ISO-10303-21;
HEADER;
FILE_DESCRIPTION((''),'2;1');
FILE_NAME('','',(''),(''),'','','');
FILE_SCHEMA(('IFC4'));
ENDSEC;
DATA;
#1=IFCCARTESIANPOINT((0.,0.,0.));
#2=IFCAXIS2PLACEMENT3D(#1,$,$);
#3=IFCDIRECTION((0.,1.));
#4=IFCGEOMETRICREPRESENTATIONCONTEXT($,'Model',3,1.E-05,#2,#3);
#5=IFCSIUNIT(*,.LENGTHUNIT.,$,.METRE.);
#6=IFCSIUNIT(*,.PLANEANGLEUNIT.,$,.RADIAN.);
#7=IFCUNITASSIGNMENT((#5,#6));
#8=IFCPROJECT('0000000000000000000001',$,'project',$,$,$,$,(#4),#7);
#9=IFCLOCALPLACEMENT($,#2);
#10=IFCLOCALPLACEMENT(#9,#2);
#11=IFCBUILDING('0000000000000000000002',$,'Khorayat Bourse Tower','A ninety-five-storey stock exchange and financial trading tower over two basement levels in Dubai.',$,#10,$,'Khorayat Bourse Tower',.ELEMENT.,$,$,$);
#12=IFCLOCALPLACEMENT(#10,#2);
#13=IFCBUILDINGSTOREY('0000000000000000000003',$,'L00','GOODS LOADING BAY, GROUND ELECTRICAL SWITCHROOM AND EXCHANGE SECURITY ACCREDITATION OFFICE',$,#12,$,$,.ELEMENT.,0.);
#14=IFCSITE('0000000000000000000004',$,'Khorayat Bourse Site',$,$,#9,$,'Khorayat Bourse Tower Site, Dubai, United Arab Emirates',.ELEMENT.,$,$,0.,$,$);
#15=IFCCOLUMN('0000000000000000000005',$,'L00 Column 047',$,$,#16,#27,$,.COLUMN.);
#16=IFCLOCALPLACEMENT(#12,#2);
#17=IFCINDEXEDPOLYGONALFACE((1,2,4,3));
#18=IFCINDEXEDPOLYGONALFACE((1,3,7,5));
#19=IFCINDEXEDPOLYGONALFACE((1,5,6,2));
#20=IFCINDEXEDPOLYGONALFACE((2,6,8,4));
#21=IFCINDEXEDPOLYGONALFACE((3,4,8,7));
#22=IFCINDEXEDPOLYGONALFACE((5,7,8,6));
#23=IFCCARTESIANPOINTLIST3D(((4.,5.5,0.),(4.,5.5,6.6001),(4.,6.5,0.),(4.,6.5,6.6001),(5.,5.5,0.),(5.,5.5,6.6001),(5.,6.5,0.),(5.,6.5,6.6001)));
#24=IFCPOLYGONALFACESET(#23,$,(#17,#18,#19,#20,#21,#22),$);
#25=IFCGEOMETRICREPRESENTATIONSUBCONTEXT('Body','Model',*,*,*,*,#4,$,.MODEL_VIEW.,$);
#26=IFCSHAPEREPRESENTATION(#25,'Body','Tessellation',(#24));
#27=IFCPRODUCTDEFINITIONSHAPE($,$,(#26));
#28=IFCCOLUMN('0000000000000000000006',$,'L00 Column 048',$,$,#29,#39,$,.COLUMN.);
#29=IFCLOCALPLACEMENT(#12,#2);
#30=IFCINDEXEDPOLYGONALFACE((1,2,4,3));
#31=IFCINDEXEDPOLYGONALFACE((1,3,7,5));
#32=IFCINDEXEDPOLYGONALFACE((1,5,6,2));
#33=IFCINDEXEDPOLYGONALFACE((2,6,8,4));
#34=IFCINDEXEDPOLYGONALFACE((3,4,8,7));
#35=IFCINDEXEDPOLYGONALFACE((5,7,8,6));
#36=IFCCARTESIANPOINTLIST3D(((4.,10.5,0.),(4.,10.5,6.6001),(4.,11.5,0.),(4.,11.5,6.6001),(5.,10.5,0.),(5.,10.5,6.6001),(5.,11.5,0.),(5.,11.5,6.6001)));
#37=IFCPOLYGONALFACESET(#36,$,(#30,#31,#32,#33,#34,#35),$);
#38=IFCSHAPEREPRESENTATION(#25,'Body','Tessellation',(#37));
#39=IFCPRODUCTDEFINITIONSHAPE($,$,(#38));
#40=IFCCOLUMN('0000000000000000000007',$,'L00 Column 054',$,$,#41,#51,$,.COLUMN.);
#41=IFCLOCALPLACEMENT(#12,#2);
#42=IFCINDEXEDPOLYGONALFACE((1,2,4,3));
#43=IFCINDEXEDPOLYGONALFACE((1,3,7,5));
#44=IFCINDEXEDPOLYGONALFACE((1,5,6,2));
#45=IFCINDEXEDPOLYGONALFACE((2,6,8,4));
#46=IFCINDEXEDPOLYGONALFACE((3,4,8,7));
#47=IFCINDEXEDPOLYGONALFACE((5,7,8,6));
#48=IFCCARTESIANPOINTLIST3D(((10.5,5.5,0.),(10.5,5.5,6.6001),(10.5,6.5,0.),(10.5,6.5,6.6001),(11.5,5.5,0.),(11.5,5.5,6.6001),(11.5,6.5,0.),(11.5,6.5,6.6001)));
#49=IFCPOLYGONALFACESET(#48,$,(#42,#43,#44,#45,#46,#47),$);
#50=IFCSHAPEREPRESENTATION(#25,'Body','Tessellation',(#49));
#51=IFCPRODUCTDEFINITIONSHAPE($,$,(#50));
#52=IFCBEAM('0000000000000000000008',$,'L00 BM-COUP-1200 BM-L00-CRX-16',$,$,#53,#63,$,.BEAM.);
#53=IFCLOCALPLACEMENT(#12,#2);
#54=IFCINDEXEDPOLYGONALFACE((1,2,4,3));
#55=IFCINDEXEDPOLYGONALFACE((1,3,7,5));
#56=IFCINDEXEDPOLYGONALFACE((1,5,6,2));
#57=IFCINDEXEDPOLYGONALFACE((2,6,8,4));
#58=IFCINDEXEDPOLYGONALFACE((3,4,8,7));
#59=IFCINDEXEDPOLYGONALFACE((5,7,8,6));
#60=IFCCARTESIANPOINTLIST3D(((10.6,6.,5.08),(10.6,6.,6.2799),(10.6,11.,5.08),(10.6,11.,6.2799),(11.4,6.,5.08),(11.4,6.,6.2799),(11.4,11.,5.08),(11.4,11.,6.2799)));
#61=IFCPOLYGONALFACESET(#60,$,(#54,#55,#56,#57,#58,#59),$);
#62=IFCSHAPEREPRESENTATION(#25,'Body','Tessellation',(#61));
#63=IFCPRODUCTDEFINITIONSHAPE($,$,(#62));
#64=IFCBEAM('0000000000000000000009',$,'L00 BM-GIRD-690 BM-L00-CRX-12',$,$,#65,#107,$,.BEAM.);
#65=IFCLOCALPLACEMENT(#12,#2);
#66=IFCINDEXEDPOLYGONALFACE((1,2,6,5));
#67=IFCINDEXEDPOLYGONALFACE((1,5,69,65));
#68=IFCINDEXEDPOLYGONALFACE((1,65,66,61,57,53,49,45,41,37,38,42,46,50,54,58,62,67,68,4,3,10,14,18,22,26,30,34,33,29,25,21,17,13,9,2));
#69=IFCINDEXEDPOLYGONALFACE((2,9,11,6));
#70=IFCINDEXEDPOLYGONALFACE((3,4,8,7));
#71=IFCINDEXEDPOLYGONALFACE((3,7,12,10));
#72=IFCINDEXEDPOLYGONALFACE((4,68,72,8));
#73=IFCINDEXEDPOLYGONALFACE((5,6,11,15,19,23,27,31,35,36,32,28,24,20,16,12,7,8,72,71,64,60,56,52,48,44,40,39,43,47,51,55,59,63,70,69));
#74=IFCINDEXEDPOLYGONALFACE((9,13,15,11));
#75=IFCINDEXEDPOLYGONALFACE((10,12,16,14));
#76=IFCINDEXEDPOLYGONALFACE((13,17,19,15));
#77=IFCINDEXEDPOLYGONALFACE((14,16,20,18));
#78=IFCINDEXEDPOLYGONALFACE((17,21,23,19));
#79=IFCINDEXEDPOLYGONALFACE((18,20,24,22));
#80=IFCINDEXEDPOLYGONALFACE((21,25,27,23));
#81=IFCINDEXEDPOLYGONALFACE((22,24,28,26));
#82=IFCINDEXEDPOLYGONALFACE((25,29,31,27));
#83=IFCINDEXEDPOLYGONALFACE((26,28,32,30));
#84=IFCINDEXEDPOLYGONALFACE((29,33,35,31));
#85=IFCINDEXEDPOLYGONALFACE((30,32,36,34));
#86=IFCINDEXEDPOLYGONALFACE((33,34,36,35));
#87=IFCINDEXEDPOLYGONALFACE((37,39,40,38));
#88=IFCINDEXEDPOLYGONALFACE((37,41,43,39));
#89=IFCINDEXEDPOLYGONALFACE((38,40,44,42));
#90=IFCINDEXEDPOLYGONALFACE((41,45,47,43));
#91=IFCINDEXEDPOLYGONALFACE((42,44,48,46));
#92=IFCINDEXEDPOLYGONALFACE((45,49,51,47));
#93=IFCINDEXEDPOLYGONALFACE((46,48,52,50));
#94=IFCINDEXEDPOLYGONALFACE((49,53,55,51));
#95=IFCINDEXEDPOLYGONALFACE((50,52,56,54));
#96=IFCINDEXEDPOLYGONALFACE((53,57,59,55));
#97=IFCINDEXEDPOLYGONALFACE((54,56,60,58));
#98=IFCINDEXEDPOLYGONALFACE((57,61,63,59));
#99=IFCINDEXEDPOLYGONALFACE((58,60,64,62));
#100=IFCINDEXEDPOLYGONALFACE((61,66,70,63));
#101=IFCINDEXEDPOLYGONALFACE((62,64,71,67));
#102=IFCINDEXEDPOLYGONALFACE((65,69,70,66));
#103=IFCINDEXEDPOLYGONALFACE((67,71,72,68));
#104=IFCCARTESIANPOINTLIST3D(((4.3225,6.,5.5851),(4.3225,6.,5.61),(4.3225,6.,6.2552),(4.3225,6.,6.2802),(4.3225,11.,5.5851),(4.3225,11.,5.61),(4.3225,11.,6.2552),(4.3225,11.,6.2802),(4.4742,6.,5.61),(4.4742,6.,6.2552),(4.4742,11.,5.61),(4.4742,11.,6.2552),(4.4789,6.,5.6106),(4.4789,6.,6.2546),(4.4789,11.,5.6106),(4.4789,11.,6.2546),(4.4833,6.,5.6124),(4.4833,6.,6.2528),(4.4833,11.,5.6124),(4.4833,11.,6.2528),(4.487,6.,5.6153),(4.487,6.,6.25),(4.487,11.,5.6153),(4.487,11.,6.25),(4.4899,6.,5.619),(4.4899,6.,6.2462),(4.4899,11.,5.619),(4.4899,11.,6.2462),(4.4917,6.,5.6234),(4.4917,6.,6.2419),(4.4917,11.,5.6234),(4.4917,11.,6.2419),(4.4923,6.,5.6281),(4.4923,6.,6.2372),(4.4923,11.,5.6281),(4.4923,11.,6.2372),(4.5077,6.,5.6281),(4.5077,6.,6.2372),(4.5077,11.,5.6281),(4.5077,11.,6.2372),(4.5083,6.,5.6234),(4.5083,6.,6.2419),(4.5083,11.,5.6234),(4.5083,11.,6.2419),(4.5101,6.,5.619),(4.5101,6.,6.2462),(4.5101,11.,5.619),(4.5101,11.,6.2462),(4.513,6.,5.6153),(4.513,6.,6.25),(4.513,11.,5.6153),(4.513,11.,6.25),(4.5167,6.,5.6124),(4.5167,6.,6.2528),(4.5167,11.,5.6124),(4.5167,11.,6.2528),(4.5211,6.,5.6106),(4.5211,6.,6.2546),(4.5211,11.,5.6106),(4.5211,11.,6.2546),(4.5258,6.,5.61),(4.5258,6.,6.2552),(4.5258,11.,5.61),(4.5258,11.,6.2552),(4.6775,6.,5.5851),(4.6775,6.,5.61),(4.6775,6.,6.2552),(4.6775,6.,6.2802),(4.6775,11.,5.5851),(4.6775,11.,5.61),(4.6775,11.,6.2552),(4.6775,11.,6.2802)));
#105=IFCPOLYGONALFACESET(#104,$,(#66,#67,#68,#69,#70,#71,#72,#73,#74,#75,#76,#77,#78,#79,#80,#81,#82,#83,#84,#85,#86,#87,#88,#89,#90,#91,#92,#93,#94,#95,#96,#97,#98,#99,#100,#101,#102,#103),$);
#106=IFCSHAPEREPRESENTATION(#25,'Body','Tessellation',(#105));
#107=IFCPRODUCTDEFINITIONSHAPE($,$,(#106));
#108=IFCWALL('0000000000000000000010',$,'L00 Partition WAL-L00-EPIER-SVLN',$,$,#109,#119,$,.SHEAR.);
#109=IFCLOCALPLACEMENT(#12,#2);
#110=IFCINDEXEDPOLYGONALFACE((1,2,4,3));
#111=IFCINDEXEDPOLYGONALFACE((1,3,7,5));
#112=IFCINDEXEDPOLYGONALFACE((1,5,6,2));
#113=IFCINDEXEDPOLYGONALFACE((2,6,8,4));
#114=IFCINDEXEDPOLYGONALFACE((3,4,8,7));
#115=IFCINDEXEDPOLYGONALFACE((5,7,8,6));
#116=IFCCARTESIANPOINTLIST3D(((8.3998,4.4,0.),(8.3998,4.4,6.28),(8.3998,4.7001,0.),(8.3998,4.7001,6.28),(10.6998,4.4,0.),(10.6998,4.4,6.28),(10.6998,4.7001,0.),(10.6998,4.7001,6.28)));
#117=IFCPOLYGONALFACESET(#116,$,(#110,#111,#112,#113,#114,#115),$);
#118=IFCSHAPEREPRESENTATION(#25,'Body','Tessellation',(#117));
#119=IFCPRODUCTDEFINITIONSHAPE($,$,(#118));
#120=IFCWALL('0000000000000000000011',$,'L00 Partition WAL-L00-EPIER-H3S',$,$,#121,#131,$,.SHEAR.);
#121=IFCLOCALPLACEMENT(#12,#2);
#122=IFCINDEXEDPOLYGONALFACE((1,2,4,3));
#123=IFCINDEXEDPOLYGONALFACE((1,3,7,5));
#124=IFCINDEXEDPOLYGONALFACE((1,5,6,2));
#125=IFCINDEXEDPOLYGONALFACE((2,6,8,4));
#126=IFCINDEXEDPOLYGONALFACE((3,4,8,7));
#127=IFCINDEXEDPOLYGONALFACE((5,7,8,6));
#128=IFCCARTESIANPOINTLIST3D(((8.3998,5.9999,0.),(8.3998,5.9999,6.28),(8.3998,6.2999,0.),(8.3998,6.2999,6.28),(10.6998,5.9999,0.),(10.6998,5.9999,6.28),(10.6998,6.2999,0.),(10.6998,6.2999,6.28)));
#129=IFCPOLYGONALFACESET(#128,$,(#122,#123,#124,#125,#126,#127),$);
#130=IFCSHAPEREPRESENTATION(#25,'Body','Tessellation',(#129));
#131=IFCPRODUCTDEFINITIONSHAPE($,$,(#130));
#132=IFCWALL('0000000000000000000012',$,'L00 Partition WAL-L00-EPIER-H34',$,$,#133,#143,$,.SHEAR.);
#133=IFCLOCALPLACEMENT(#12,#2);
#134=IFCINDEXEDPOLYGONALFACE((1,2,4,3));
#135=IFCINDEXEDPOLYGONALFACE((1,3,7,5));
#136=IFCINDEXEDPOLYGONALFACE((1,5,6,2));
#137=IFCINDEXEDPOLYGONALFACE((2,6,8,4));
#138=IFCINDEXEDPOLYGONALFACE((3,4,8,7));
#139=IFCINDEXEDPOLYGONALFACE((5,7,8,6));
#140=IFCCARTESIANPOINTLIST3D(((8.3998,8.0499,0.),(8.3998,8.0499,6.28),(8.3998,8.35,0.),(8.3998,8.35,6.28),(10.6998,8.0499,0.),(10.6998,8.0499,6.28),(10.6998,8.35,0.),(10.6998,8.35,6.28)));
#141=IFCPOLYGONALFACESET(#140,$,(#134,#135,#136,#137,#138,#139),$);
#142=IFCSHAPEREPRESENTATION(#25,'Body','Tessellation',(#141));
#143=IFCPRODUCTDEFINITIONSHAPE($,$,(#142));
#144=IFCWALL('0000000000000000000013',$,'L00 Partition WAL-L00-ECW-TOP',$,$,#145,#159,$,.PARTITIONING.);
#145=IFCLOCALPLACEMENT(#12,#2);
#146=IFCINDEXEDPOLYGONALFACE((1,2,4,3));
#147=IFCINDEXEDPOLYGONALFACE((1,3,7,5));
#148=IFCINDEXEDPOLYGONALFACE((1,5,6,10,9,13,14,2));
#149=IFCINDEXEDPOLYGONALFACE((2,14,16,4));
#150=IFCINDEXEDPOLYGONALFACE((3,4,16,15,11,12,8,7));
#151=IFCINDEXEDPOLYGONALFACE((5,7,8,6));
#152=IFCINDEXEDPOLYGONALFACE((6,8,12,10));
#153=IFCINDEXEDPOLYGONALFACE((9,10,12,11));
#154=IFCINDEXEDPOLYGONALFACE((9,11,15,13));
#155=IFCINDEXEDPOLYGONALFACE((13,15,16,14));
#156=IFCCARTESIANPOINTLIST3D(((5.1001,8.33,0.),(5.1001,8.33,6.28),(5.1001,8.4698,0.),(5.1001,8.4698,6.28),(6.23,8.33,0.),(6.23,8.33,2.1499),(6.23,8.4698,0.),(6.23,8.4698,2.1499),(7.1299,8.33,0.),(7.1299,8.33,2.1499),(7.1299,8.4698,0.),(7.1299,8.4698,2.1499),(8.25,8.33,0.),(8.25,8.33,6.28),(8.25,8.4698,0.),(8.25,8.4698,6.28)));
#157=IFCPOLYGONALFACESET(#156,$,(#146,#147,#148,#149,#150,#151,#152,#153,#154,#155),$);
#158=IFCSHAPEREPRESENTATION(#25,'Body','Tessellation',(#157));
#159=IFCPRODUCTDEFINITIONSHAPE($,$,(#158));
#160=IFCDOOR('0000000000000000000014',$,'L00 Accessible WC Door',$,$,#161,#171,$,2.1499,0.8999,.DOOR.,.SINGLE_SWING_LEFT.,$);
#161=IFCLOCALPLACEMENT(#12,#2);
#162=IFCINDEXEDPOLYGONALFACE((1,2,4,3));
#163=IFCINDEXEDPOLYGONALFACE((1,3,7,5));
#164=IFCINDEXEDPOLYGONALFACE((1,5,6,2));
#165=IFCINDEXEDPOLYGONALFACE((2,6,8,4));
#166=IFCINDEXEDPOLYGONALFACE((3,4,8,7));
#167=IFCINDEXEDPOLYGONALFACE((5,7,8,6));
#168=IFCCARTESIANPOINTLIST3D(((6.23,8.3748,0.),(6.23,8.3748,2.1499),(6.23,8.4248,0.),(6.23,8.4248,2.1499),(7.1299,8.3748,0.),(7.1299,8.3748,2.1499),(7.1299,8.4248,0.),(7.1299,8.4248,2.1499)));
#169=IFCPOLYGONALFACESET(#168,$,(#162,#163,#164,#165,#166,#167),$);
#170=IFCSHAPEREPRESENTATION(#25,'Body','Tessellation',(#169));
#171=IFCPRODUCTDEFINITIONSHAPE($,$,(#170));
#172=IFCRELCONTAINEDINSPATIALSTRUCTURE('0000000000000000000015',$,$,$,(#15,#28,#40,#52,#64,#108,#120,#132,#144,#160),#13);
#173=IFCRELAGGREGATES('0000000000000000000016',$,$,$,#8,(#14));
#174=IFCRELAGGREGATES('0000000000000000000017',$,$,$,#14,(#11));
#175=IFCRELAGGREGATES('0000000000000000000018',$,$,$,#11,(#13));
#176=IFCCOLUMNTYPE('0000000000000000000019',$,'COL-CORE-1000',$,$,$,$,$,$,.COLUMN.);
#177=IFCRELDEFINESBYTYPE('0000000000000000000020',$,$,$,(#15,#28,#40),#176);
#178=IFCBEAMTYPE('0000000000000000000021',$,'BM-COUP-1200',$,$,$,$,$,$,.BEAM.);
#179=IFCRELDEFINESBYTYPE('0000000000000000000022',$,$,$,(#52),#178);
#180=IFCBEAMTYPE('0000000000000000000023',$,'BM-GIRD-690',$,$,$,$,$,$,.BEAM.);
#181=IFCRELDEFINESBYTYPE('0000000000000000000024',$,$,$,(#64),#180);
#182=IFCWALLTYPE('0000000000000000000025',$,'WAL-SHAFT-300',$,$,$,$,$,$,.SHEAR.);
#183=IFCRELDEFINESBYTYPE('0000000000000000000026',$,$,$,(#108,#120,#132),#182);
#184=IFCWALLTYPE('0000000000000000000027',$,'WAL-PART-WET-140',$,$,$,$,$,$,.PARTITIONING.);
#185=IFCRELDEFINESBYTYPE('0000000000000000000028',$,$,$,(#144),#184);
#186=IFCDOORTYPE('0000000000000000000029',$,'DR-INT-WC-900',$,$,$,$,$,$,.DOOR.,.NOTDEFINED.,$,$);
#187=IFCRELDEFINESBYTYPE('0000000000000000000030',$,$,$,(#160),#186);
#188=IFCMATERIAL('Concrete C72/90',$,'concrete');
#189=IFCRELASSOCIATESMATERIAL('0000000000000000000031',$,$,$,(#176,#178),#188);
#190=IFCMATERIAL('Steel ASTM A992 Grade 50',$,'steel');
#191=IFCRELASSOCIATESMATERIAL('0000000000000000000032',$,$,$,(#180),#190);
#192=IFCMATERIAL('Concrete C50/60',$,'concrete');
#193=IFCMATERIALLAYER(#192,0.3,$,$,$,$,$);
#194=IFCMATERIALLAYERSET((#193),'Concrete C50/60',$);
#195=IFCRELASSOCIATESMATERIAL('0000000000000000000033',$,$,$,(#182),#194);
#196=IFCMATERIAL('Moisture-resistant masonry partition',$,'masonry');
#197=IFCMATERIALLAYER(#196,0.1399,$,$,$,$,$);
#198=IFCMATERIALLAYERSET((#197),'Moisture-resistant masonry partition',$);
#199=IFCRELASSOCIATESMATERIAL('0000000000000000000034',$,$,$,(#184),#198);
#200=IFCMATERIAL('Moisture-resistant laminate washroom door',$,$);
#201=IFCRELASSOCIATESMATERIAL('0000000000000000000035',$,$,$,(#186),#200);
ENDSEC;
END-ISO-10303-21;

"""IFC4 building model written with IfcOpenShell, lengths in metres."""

from ifc_helpers import new_model, si_unit, direction, frame, frame_2d, origin, origin_2d, place, context, subcontext, project, spatial, rectangle, i_section, extrude, source, transform, mapped, material, layer, layer_set, material_profile, profile_set, type_object, element, fill, save


model = new_model("IFC4")

# Units and contexts
model_context = context("Model", 3, precision=1e-05, world=origin(), true_north=direction((0.0, 1.0)))
body_context = subcontext(model_context, "Body", "Model", "MODEL_VIEW")
ifc_project = project(units=[si_unit("LENGTHUNIT", "METRE"), si_unit("PLANEANGLEUNIT", "RADIAN")], contexts=[model_context])

# Site, building, storey
site_placement = place(None, origin())
site = spatial("IfcSite", under=ifc_project, at=site_placement, Name="Khorayat Bourse Site", LongName="Khorayat Bourse Tower Site, Dubai, United Arab Emirates", CompositionType="ELEMENT", RefElevation=0.0)
building_placement = place(site_placement, origin())
building = spatial("IfcBuilding", under=site, at=building_placement, Name="Khorayat Bourse Tower", Description="A ninety-five-storey stock exchange and financial trading tower over two basement levels in Dubai.", LongName="Khorayat Bourse Tower", CompositionType="ELEMENT")
storey_placement = place(building_placement, origin())
storey = spatial("IfcBuildingStorey", under=building, at=storey_placement, Name="L00", Description="GOODS LOADING BAY, GROUND ELECTRICAL SWITCHROOM AND EXCHANGE SECURITY ACCREDITATION OFFICE", CompositionType="ELEMENT", Elevation=0.0)

# Columns
ifc_material_1 = material(Name="Concrete C72/90", Category="concrete")
ifc_material_profile_1 = material_profile(ifc_material_1, rectangle(XDim=1.0, YDim=1.0, at=origin_2d()), Name="RC 1000x1000")
ifc_profile_set_1 = profile_set([ifc_material_profile_1], Name="Concrete C72/90")
column_type = type_object("IfcColumnType", Name="COL-CORE-1000", PredefinedType="COLUMN", material=ifc_profile_set_1)
shared_shape_1 = source(origin(), body_context, "Body", "SweptSolid", [
    extrude(rectangle(XDim=1.0, YDim=1.0, at=origin_2d()), origin(), (0.0, 0.0, 1.0), 6.6001),
])
for number, where, z_axis, x_axis, name in (
    (1, (4.5, 6.0, 0.0), (0.0, 0.0, 1.0), (1.0, 0.0, 0.0), "L00 Column 047"),
    (2, (4.5, 11.0, 0.0), (0.0, 0.0, 1.0), (1.0, 0.0, 0.0), "L00 Column 048"),
    (3, (11.0, 6.0, 0.0), (0.0, 0.0, 1.0), (1.0, 0.0, 0.0), "L00 Column 054"),
):
    element("IfcColumn", number, at=place(storey_placement, frame(where, z_axis=z_axis, x_axis=x_axis)), inside=storey, type_object=column_type, Name=name, PredefinedType="COLUMN", context=body_context, shape_type="MappedRepresentation", body=[
        mapped(shared_shape_1, transform((0.0, 0.0, 0.0), scale=1.0)),
    ])

# Beams
ifc_material_profile_2 = material_profile(ifc_material_1, rectangle(XDim=0.8, YDim=1.2, at=origin_2d()), Name="RC 800x1200")
ifc_profile_set_2 = profile_set([ifc_material_profile_2], Name="Concrete C72/90")
beam_type_1 = type_object("IfcBeamType", Name="BM-COUP-1200", PredefinedType="BEAM", material=ifc_profile_set_2)
shared_shape_2 = source(origin(), body_context, "Body", "SweptSolid", [
    extrude(rectangle(XDim=0.8, YDim=1.2, at=origin_2d()), origin(), (0.0, 0.0, 1.0), 5.0),
])
beam_1_placement = place(storey_placement, frame((11.0, 6.0, 5.6799), z_axis=(0.0, 1.0, 0.0), x_axis=(-1.0, 0.0, 0.0)))
element("IfcBeam", 4, at=beam_1_placement, inside=storey, type_object=beam_type_1, Name="L00 BM-COUP-1200 BM-L00-CRX-16", PredefinedType="BEAM", context=body_context, shape_type="MappedRepresentation", body=[
    mapped(shared_shape_2, transform((0.0, 0.0, 0.0), scale=1.0)),
])
ifc_material_2 = material(Name="Steel ASTM A992 Grade 50", Category="steel")
ifc_material_profile_3 = material_profile(ifc_material_2, i_section(OverallWidth=0.355, OverallDepth=0.6951, WebThickness=0.0154, FlangeThickness=0.0249, FilletRadius=0.0181, at=origin_2d()), Name="W690X217")
ifc_profile_set_3 = profile_set([ifc_material_profile_3], Name="Steel ASTM A992 Grade 50")
beam_type_2 = type_object("IfcBeamType", Name="BM-GIRD-690", PredefinedType="BEAM", material=ifc_profile_set_3)
shared_shape_3 = source(origin(), body_context, "Body", "SweptSolid", [
    extrude(i_section(OverallWidth=0.355, OverallDepth=0.6951, WebThickness=0.0154, FlangeThickness=0.0249, FilletRadius=0.0181, at=origin_2d()), origin(), (0.0, 0.0, 1.0), 5.0),
])
beam_2_placement = place(storey_placement, frame((4.5, 6.0, 5.9326), z_axis=(0.0, 1.0, 0.0), x_axis=(-1.0, 0.0, 0.0)))
element("IfcBeam", 5, at=beam_2_placement, inside=storey, type_object=beam_type_2, Name="L00 BM-GIRD-690 BM-L00-CRX-12", PredefinedType="BEAM", context=body_context, shape_type="MappedRepresentation", body=[
    mapped(shared_shape_3, transform((0.0, 0.0, 0.0), scale=1.0)),
])

# Walls
ifc_material_3 = material(Name="Concrete C50/60", Category="concrete")
ifc_layer_1 = layer(ifc_material_3, 0.3)
ifc_layer_set_1 = layer_set([ifc_layer_1], Name="Concrete C50/60")
wall_type_1 = type_object("IfcWallType", Name="WAL-SHAFT-300", PredefinedType="SHEAR", material=ifc_layer_set_1)
shared_shape_4 = source(origin(), body_context, "Body", "SweptSolid", [
    extrude(rectangle(XDim=2.3, YDim=0.3, at=frame_2d((1.1499, 0.0))), origin(), (0.0, 0.0, 1.0), 6.28),
])
for number, where, z_axis, x_axis, name in (
    (6, (8.3999, 4.55, 0.0), (0.0, 0.0, 1.0), (1.0, 0.0, 0.0), "L00 Partition WAL-L00-EPIER-SVLN"),
    (7, (8.3999, 6.1499, 0.0), (0.0, 0.0, 1.0), (1.0, 0.0, 0.0), "L00 Partition WAL-L00-EPIER-H3S"),
    (8, (8.3999, 8.2, 0.0), (0.0, 0.0, 1.0), (1.0, 0.0, 0.0), "L00 Partition WAL-L00-EPIER-H34"),
):
    element("IfcWall", number, at=place(storey_placement, frame(where, z_axis=z_axis, x_axis=x_axis)), inside=storey, type_object=wall_type_1, Name=name, PredefinedType="SHEAR", context=body_context, shape_type="MappedRepresentation", body=[
        mapped(shared_shape_4, transform((0.0, 0.0, 0.0), scale=1.0)),
    ])

# Wall, opening, door
ifc_material_4 = material(Name="Moisture-resistant masonry partition", Category="masonry")
ifc_layer_2 = layer(ifc_material_4, 0.1399)
ifc_layer_set_2 = layer_set([ifc_layer_2], Name="Moisture-resistant masonry partition")
wall_type_2 = type_object("IfcWallType", Name="WAL-PART-WET-140", PredefinedType="PARTITIONING", material=ifc_layer_set_2)
shared_shape_5 = source(origin(), body_context, "Body", "SweptSolid", [
    extrude(rectangle(XDim=3.1499, YDim=0.1399, at=frame_2d((1.575, 0.0))), origin(), (0.0, 0.0, 1.0), 6.28),
])
wall_1_placement = place(storey_placement, frame((5.1001, 8.3999, 0.0), z_axis=(0.0, 0.0, 1.0), x_axis=(1.0, 0.0, 0.0)))
wall_1 = element("IfcWall", 9, at=wall_1_placement, inside=storey, type_object=wall_type_2, Name="L00 Partition WAL-L00-ECW-TOP", PredefinedType="PARTITIONING", context=body_context, shape_type="MappedRepresentation", body=[
    mapped(shared_shape_5, transform((0.0, 0.0, 0.0), scale=1.0)),
])
shared_shape_6 = source(origin(), body_context, "Body", "SweptSolid", [
    extrude(rectangle(XDim=0.8999, YDim=2.1499, at=frame_2d((0.45, 1.075))), frame((0.0, 0.0798, 0.0), z_axis=(0.0, -1.0, 0.0), x_axis=(1.0, 0.0, 0.0)), (0.0, 0.0, 1.0), 0.1599),
])
opening_1_placement = place(wall_1_placement, frame((1.1299, 0.0, 0.0)))
opening_1 = element("IfcOpeningElement", 10, at=opening_1_placement, cuts=wall_1, PredefinedType="OPENING", context=body_context, shape_type="MappedRepresentation", body=[
    mapped(shared_shape_6, transform((0.0, 0.0, 0.0), scale=1.0)),
])
ifc_material_5 = material(Name="Moisture-resistant laminate washroom door")
door_type_1 = type_object("IfcDoorType", Name="DR-INT-WC-900", OperationType="NOTDEFINED", PredefinedType="DOOR", material=ifc_material_5)
shared_shape_7 = source(origin(), body_context, "Body", "SweptSolid", [
    extrude(rectangle(XDim=0.8999, YDim=2.1499, at=frame_2d((0.45, 1.075))), frame((0.0, 0.0249, 0.0), z_axis=(0.0, -1.0, 0.0), x_axis=(1.0, 0.0, 0.0)), (0.0, 0.0, 1.0), 0.05),
])
door_1_placement = place(opening_1_placement, origin())
door_1 = element("IfcDoor", 11, at=door_1_placement, inside=storey, type_object=door_type_1, Name="L00 Accessible WC Door", OperationType="SINGLE_SWING_LEFT", OverallHeight=2.1499, OverallWidth=0.8999, PredefinedType="DOOR", context=body_context, shape_type="MappedRepresentation", body=[
    mapped(shared_shape_7, transform((0.0, 0.0, 0.0), scale=1.0)),
])
fill(opening_1, door_1)

save(model, "model.ifc")
